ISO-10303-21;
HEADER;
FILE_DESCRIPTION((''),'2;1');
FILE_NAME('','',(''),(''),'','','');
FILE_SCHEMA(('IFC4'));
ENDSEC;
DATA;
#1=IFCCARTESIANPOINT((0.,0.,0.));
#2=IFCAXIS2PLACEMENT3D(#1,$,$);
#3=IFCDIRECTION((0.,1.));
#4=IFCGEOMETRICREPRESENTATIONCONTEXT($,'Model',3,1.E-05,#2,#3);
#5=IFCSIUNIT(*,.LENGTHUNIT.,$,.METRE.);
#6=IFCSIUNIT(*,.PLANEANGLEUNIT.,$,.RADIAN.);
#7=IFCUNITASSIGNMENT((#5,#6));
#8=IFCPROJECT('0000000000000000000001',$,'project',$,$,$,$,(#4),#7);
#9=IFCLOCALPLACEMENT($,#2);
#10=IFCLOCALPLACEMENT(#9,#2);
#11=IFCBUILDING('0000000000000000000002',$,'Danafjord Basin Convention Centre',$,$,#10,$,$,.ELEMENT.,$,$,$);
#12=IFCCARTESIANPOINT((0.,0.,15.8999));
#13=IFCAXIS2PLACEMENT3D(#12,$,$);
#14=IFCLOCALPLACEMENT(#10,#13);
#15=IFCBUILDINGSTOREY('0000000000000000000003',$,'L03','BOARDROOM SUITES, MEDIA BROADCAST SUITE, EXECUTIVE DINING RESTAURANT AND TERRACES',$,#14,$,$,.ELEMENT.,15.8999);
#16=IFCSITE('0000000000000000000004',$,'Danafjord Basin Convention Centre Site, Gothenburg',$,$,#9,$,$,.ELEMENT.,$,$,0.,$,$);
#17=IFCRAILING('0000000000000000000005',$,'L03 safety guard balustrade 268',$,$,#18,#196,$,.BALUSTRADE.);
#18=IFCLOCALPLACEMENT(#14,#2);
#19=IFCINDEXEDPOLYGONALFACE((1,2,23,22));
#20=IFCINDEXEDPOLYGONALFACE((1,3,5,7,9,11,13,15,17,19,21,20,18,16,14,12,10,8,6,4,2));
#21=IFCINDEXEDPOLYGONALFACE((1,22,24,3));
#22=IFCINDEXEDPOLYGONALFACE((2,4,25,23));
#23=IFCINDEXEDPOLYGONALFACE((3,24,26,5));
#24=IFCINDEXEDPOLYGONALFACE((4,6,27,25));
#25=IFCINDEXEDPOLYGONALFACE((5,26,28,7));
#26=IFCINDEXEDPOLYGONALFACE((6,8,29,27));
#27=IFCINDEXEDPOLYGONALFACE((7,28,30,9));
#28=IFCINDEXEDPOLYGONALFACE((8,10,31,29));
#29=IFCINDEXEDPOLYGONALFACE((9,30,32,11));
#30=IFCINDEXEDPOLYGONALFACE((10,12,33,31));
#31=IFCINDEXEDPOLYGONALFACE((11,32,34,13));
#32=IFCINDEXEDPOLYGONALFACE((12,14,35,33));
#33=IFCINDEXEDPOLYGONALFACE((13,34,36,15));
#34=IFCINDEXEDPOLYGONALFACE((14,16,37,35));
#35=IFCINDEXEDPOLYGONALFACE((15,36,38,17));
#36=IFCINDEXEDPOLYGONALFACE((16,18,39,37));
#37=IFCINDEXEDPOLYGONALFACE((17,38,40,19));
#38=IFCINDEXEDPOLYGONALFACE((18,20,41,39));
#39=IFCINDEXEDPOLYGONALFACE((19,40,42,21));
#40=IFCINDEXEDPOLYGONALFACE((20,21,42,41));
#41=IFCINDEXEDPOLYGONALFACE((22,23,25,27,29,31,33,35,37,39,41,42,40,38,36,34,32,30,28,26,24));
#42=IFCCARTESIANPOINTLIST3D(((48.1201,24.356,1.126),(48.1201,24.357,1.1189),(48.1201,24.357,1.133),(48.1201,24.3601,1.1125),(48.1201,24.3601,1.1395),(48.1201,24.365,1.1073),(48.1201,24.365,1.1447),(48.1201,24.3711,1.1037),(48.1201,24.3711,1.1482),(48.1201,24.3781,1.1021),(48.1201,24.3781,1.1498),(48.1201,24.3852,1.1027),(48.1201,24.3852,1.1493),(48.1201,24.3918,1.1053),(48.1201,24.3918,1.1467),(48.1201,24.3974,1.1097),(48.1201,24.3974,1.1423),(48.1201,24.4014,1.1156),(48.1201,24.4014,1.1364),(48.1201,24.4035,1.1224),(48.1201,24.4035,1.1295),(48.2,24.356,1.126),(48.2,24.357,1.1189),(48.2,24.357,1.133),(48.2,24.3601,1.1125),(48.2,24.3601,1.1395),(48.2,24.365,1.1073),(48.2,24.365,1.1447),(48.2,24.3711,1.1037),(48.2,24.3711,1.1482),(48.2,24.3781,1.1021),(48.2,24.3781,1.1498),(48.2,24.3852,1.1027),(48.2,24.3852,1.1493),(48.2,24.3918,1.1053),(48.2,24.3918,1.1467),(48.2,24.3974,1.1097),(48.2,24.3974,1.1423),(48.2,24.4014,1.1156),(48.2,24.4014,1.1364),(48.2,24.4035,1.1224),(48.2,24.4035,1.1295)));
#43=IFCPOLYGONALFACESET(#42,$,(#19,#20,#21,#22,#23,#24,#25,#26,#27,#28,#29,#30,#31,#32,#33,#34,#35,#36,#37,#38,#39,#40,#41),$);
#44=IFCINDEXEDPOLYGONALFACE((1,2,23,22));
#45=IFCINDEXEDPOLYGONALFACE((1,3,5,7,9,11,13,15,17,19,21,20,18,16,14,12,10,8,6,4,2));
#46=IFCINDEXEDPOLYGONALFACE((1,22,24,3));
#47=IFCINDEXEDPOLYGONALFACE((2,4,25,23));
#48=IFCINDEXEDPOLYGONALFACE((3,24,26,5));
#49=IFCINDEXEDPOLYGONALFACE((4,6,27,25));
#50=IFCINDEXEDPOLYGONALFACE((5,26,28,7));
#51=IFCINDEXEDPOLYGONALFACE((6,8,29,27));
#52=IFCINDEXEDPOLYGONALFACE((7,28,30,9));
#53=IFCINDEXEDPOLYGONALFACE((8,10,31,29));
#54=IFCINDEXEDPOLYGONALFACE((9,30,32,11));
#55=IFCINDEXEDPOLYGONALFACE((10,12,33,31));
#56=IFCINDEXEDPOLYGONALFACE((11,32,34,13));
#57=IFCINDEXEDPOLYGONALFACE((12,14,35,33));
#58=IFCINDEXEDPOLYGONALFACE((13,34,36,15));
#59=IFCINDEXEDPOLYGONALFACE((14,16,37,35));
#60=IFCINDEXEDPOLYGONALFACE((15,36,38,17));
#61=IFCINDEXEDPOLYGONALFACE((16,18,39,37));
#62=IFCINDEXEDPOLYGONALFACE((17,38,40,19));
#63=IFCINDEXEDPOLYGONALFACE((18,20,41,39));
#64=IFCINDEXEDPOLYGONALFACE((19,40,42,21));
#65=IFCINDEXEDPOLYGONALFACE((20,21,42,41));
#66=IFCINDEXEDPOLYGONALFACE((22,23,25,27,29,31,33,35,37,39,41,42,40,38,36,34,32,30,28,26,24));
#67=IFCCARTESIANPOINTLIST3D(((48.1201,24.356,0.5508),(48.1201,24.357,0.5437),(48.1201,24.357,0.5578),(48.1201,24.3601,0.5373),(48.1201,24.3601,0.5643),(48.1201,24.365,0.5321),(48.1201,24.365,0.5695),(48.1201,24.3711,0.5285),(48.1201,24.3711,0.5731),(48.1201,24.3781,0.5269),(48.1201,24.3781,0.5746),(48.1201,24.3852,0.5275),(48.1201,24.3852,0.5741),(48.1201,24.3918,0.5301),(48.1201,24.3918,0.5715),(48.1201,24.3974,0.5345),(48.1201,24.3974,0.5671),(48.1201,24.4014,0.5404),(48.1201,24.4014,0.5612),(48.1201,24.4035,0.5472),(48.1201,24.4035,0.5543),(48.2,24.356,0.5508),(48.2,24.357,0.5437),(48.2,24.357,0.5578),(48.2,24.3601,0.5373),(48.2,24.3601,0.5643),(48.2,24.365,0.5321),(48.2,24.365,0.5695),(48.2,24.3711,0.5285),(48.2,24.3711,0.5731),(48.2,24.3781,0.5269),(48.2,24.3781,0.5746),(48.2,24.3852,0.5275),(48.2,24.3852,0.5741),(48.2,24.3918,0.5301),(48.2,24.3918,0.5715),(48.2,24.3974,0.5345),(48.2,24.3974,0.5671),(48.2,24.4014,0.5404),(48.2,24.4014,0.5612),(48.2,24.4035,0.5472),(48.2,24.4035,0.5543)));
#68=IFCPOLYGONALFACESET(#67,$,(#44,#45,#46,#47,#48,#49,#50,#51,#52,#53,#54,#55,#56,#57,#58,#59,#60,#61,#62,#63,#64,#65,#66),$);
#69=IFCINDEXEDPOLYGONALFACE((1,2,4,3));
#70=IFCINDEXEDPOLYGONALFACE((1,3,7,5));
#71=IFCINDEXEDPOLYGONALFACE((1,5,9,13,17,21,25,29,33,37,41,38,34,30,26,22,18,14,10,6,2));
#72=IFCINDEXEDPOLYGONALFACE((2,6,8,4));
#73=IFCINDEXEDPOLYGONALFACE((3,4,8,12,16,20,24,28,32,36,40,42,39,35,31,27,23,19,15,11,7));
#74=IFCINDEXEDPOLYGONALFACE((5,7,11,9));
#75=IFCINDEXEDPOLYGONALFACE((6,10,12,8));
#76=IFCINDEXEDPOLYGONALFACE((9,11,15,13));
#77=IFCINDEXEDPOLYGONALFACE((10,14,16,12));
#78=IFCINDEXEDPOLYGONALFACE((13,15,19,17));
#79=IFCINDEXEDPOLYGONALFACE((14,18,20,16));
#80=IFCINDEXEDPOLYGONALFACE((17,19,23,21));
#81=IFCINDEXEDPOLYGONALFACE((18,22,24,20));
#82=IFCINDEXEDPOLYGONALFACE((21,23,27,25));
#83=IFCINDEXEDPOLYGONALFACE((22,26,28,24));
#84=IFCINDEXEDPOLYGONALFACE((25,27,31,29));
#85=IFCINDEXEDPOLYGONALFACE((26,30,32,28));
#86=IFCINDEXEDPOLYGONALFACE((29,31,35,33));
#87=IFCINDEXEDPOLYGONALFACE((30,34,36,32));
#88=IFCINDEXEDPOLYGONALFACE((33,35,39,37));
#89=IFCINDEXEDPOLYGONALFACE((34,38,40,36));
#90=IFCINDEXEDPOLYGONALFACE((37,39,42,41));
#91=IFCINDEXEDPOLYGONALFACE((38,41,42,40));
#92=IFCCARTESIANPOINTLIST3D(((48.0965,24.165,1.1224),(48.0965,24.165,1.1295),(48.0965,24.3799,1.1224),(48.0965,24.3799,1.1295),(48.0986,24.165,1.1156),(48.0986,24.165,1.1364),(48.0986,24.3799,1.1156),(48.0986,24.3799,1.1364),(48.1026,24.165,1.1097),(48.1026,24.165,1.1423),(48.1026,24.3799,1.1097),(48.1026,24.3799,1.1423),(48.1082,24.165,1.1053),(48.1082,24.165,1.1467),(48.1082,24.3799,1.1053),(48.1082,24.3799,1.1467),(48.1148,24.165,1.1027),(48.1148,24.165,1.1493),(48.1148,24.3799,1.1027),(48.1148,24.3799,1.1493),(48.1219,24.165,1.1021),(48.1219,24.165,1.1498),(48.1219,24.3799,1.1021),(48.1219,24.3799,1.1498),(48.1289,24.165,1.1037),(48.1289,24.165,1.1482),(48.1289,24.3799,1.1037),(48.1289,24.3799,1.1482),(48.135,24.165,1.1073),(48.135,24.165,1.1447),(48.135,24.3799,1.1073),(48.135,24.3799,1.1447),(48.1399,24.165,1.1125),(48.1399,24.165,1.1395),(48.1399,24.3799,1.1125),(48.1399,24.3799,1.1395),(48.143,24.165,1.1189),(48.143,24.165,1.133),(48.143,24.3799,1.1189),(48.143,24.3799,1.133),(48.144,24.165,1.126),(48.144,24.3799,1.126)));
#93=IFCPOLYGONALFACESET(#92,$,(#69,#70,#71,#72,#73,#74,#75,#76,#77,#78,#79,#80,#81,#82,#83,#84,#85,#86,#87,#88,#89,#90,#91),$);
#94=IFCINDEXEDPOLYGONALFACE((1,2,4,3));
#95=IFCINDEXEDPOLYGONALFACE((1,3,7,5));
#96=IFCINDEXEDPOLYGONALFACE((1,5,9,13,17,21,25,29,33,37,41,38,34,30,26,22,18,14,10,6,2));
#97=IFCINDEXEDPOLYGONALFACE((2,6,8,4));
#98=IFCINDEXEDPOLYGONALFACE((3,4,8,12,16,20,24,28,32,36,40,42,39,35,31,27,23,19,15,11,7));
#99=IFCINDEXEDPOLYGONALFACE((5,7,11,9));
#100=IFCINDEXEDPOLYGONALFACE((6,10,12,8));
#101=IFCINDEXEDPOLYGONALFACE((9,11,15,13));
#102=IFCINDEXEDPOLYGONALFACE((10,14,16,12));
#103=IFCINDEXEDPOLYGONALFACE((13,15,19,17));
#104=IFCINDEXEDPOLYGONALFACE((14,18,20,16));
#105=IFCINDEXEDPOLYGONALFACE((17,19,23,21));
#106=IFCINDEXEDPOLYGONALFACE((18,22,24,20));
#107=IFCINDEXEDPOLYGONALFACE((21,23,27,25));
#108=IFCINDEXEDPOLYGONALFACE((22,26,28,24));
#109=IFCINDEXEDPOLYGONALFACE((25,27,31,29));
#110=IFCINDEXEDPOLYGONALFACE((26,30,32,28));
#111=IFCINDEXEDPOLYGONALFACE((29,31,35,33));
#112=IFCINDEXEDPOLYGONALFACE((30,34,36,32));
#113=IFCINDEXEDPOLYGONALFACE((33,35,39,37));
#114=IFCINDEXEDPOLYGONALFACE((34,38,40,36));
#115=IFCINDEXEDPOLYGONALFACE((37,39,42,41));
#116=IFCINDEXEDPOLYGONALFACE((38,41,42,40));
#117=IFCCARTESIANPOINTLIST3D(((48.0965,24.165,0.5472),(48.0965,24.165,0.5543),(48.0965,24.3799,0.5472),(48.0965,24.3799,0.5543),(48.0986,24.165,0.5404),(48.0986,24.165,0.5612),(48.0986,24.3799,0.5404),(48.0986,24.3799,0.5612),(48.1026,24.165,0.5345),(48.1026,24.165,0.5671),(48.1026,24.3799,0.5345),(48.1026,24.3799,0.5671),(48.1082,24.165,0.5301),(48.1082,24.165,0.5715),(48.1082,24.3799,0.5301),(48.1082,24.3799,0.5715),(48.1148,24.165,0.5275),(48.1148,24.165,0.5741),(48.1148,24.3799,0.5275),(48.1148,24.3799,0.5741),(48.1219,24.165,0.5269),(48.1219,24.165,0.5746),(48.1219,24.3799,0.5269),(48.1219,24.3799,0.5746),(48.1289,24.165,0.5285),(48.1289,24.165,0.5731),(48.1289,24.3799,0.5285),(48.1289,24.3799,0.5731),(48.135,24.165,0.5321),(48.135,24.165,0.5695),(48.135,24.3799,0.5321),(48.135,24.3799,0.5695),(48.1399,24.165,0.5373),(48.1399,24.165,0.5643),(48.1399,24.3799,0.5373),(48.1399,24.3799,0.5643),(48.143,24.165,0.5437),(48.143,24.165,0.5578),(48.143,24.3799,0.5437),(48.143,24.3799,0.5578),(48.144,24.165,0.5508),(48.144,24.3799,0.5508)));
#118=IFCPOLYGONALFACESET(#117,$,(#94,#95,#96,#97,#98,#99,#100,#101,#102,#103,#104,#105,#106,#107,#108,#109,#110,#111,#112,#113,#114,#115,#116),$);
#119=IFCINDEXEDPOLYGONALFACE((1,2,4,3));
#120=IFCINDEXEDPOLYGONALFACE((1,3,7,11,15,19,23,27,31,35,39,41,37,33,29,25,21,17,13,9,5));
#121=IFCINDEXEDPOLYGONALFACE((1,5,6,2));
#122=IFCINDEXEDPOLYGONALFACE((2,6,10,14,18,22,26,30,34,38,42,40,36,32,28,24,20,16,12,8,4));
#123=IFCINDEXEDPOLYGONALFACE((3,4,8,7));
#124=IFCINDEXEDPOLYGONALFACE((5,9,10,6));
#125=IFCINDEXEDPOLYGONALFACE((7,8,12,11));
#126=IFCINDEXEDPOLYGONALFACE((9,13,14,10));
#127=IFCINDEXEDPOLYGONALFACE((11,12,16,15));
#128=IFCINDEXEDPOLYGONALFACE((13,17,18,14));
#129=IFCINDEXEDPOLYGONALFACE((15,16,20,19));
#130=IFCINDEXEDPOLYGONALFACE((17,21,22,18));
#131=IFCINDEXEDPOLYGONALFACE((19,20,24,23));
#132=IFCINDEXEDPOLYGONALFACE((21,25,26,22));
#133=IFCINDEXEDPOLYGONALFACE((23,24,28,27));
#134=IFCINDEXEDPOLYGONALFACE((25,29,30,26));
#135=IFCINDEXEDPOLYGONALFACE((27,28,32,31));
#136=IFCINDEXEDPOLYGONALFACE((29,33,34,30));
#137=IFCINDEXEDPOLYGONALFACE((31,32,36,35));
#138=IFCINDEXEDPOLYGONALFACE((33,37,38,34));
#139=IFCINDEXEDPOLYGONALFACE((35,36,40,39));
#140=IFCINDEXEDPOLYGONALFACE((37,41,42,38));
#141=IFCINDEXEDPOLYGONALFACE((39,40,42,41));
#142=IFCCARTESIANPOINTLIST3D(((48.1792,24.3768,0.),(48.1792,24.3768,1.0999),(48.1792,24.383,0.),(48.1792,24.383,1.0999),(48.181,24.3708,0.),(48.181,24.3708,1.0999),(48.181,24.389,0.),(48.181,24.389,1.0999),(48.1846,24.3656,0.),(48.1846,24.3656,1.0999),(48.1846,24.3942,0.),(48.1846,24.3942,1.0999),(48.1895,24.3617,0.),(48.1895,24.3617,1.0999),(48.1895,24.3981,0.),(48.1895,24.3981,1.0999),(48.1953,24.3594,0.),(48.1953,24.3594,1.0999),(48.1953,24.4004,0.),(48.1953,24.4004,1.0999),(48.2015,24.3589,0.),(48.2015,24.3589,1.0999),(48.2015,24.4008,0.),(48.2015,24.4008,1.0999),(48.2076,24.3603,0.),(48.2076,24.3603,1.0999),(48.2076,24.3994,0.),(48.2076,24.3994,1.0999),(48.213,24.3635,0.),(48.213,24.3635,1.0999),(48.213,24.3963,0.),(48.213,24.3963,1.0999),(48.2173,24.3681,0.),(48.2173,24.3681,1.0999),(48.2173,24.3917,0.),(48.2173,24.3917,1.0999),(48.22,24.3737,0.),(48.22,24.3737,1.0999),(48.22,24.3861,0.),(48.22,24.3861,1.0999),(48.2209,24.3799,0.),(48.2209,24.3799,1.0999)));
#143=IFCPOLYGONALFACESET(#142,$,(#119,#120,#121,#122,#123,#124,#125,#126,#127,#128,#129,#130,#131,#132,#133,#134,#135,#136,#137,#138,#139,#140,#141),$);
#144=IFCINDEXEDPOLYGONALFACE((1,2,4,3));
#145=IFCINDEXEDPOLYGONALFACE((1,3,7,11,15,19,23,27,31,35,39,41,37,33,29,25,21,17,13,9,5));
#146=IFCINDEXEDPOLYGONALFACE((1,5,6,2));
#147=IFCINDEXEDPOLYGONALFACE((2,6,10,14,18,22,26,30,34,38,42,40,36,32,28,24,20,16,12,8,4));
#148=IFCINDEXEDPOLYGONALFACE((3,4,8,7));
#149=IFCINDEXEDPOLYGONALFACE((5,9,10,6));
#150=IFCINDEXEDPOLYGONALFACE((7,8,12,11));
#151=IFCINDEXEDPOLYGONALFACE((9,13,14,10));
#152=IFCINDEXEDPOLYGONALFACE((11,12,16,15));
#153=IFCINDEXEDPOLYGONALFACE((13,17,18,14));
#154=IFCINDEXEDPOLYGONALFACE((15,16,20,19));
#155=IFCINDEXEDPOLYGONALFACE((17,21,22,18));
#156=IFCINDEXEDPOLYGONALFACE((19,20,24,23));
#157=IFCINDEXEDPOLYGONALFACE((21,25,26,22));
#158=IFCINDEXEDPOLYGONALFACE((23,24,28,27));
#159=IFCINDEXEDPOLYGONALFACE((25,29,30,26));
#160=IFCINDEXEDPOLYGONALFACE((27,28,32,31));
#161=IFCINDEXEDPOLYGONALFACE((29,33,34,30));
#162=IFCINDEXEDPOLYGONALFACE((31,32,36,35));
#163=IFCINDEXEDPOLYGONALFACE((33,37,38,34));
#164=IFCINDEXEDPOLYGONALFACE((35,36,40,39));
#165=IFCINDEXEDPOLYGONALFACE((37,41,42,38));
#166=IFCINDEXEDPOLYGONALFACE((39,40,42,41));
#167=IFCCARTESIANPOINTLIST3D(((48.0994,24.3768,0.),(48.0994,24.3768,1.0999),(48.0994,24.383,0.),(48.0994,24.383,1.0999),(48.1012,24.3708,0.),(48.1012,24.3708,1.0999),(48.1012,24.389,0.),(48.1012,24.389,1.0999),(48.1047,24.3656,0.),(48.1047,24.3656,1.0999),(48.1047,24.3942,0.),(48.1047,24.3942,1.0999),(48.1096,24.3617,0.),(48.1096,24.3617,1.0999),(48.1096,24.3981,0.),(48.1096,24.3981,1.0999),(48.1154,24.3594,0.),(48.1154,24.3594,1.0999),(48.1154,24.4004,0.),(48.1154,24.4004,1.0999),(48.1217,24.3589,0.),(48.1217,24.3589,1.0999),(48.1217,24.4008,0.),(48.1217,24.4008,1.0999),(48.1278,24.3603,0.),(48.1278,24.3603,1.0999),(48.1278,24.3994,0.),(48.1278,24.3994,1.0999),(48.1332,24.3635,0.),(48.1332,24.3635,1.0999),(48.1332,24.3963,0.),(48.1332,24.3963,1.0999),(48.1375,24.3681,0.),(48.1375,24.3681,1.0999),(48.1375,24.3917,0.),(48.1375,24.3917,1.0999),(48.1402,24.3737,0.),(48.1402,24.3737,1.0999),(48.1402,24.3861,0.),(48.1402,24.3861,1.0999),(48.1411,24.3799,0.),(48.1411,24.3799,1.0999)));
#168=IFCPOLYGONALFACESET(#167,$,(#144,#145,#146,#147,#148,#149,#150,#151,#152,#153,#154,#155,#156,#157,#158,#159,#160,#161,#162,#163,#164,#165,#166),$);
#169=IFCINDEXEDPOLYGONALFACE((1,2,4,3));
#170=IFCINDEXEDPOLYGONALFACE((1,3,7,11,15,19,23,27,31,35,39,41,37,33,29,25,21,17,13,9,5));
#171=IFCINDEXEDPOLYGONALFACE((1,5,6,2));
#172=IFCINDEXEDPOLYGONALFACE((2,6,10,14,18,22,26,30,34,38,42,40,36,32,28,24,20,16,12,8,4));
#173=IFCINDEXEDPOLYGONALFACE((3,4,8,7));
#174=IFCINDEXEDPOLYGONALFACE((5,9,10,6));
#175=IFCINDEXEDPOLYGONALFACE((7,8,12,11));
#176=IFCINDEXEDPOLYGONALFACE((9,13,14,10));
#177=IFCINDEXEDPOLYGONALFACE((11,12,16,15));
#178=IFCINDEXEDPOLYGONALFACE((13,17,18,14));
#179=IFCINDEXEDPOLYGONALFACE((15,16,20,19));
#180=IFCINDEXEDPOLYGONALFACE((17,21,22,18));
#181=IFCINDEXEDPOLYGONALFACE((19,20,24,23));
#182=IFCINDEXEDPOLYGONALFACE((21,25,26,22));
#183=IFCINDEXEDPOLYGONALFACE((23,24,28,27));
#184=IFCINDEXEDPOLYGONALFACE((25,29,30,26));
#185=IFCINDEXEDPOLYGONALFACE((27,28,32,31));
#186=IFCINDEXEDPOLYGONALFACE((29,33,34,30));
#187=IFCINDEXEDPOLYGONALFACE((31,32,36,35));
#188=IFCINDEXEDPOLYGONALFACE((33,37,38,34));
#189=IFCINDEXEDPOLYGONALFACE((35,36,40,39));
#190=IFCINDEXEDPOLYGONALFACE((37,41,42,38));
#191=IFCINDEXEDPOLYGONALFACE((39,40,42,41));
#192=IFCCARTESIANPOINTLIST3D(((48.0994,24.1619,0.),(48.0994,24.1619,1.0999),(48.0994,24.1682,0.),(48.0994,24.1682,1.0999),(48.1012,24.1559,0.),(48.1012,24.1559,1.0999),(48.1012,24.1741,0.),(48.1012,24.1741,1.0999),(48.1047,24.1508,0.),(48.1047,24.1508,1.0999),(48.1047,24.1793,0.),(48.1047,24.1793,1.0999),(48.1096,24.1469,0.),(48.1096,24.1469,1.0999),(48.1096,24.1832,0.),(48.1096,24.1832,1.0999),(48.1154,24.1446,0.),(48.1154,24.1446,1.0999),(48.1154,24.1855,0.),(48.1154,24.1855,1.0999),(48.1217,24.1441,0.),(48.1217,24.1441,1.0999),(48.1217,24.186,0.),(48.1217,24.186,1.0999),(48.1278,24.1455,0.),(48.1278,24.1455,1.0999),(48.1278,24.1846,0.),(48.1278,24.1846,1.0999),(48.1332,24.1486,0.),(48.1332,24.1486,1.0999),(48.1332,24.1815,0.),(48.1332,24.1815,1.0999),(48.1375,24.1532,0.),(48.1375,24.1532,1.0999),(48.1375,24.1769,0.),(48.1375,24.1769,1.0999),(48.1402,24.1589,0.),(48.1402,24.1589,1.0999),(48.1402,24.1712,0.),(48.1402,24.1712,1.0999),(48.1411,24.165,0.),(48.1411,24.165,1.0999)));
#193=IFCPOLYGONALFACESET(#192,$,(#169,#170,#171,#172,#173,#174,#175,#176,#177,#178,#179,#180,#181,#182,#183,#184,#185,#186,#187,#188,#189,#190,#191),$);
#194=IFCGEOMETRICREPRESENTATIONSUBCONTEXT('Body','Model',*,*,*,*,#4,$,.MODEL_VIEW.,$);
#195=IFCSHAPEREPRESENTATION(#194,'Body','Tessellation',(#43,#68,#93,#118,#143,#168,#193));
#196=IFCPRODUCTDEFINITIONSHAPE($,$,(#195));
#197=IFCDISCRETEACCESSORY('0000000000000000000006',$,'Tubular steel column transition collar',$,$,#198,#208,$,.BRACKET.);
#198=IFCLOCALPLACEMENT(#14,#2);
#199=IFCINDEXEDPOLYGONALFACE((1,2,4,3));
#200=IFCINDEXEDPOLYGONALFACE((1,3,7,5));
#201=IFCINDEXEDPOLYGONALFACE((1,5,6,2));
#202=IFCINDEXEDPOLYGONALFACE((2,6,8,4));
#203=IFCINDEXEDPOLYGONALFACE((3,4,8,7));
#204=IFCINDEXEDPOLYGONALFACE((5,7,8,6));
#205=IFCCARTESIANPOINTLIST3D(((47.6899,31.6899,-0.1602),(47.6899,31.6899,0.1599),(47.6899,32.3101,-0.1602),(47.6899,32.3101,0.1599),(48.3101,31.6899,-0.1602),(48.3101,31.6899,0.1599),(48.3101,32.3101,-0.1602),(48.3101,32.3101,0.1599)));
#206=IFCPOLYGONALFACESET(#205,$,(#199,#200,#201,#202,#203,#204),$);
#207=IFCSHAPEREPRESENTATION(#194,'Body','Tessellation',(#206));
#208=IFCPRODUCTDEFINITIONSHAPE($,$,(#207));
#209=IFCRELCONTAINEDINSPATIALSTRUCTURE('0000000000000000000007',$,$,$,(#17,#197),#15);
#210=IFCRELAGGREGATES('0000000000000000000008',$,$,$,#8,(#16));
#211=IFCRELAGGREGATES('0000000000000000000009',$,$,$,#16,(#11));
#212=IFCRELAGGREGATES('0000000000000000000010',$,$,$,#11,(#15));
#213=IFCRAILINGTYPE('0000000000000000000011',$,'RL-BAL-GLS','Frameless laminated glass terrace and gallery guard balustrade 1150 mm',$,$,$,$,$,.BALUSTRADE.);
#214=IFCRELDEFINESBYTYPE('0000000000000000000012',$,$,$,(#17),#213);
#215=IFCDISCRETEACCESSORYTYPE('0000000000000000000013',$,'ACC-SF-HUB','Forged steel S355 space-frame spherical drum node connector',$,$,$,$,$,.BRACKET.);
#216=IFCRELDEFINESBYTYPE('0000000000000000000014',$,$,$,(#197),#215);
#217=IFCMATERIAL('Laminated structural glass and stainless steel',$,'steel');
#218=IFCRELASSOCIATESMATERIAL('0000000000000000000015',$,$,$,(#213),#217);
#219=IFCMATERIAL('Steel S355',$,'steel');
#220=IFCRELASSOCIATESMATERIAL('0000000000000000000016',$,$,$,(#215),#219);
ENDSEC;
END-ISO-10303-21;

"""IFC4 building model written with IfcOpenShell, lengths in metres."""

from ifc_helpers import new_model, si_unit, direction, frame, origin, origin_2d, place, context, subcontext, project, spatial, rectangle, circle, extrude, material, type_object, element, save


model = new_model("IFC4")

# Units and contexts
model_context = context("Model", 3, precision=1e-05, world=origin(), true_north=direction((0.0, 1.0)))
body_context = subcontext(model_context, "Body", "Model", "MODEL_VIEW")
ifc_project = project(units=[si_unit("LENGTHUNIT", "METRE"), si_unit("PLANEANGLEUNIT", "RADIAN")], contexts=[model_context])

# Site, building, storey
site_placement = place(None, origin())
site = spatial("IfcSite", under=ifc_project, at=site_placement, Name="Danafjord Basin Convention Centre Site, Gothenburg", CompositionType="ELEMENT", RefElevation=0.0)
building_placement = place(site_placement, origin())
building = spatial("IfcBuilding", under=site, at=building_placement, Name="Danafjord Basin Convention Centre", CompositionType="ELEMENT")
storey_placement = place(building_placement, frame((0.0, 0.0, 15.8999)))
storey = spatial("IfcBuildingStorey", under=building, at=storey_placement, Name="L03", Description="BOARDROOM SUITES, MEDIA BROADCAST SUITE, EXECUTIVE DINING RESTAURANT AND TERRACES", CompositionType="ELEMENT", Elevation=15.8999)

# Shared definitions
ifc_material_1 = material(Name="Steel S355", Category="steel")

# Railing
ifc_material_2 = material(Name="Laminated structural glass and stainless steel", Category="steel")
railing_type = type_object("IfcRailingType", Name="RL-BAL-GLS", Description="Frameless laminated glass terrace and gallery guard balustrade 1150 mm", PredefinedType="BALUSTRADE", material=ifc_material_2)
railing_1_placement = place(storey_placement, frame((48.2, 24.3799, 0.0)))
element("IfcRailing", 1, at=railing_1_placement, inside=storey, type_object=railing_type, Name="L03 safety guard balustrade 268", PredefinedType="BALUSTRADE", context=body_context, shape_type="SweptSolid", body=[
    extrude(circle(Radius=0.0239, at=origin_2d()), frame((0.0, 0.0, 1.126), z_axis=(-1.0, 0.0, 0.0), x_axis=(0.0, -1.0, 0.0)), (0.0, 0.0, 1.0), 0.0798),
    extrude(circle(Radius=0.0239, at=origin_2d()), frame((0.0, 0.0, 0.5508), z_axis=(-1.0, 0.0, 0.0), x_axis=(0.0, -1.0, 0.0)), (0.0, 0.0, 1.0), 0.0798),
    extrude(circle(Radius=0.0239, at=origin_2d()), frame((-0.0798, 0.0, 1.126), z_axis=(0.0, -1.0, 0.0), x_axis=(1.0, 0.0, 0.0)), (0.0, 0.0, 1.0), 0.2148),
    extrude(circle(Radius=0.0239, at=origin_2d()), frame((-0.0798, 0.0, 0.5508), z_axis=(0.0, -1.0, 0.0), x_axis=(1.0, 0.0, 0.0)), (0.0, 0.0, 1.0), 0.2148),
    extrude(circle(Radius=0.021, at=origin_2d()), origin(), (0.0, 0.0, 1.0), 1.0999),
    extrude(circle(Radius=0.021, at=origin_2d()), frame((-0.0798, 0.0, 0.0)), (0.0, 0.0, 1.0), 1.0999),
    extrude(circle(Radius=0.021, at=origin_2d()), frame((-0.0798, -0.2148, 0.0)), (0.0, 0.0, 1.0), 1.0999),
])

# Discrete accessory
discrete_accessory_type = type_object("IfcDiscreteAccessoryType", Name="ACC-SF-HUB", Description="Forged steel S355 space-frame spherical drum node connector", PredefinedType="BRACKET", material=ifc_material_1)
for number, where, z_axis, x_axis, name in (
    (2, (48.0, 32.0, -0.1602), (0.0, 0.0, 1.0), (1.0, 0.0, 0.0), "Tubular steel column transition collar"),
):
    element("IfcDiscreteAccessory", number, at=place(storey_placement, frame(where, z_axis=z_axis, x_axis=x_axis)), inside=storey, type_object=discrete_accessory_type, Name=name, PredefinedType="BRACKET", context=body_context, shape_type="SweptSolid", body=[
        extrude(rectangle(XDim=0.6201, YDim=0.6201, at=origin_2d()), origin(), (0.0, 0.0, 1.0), 0.3201),
    ])

save(model, "model.ifc")
